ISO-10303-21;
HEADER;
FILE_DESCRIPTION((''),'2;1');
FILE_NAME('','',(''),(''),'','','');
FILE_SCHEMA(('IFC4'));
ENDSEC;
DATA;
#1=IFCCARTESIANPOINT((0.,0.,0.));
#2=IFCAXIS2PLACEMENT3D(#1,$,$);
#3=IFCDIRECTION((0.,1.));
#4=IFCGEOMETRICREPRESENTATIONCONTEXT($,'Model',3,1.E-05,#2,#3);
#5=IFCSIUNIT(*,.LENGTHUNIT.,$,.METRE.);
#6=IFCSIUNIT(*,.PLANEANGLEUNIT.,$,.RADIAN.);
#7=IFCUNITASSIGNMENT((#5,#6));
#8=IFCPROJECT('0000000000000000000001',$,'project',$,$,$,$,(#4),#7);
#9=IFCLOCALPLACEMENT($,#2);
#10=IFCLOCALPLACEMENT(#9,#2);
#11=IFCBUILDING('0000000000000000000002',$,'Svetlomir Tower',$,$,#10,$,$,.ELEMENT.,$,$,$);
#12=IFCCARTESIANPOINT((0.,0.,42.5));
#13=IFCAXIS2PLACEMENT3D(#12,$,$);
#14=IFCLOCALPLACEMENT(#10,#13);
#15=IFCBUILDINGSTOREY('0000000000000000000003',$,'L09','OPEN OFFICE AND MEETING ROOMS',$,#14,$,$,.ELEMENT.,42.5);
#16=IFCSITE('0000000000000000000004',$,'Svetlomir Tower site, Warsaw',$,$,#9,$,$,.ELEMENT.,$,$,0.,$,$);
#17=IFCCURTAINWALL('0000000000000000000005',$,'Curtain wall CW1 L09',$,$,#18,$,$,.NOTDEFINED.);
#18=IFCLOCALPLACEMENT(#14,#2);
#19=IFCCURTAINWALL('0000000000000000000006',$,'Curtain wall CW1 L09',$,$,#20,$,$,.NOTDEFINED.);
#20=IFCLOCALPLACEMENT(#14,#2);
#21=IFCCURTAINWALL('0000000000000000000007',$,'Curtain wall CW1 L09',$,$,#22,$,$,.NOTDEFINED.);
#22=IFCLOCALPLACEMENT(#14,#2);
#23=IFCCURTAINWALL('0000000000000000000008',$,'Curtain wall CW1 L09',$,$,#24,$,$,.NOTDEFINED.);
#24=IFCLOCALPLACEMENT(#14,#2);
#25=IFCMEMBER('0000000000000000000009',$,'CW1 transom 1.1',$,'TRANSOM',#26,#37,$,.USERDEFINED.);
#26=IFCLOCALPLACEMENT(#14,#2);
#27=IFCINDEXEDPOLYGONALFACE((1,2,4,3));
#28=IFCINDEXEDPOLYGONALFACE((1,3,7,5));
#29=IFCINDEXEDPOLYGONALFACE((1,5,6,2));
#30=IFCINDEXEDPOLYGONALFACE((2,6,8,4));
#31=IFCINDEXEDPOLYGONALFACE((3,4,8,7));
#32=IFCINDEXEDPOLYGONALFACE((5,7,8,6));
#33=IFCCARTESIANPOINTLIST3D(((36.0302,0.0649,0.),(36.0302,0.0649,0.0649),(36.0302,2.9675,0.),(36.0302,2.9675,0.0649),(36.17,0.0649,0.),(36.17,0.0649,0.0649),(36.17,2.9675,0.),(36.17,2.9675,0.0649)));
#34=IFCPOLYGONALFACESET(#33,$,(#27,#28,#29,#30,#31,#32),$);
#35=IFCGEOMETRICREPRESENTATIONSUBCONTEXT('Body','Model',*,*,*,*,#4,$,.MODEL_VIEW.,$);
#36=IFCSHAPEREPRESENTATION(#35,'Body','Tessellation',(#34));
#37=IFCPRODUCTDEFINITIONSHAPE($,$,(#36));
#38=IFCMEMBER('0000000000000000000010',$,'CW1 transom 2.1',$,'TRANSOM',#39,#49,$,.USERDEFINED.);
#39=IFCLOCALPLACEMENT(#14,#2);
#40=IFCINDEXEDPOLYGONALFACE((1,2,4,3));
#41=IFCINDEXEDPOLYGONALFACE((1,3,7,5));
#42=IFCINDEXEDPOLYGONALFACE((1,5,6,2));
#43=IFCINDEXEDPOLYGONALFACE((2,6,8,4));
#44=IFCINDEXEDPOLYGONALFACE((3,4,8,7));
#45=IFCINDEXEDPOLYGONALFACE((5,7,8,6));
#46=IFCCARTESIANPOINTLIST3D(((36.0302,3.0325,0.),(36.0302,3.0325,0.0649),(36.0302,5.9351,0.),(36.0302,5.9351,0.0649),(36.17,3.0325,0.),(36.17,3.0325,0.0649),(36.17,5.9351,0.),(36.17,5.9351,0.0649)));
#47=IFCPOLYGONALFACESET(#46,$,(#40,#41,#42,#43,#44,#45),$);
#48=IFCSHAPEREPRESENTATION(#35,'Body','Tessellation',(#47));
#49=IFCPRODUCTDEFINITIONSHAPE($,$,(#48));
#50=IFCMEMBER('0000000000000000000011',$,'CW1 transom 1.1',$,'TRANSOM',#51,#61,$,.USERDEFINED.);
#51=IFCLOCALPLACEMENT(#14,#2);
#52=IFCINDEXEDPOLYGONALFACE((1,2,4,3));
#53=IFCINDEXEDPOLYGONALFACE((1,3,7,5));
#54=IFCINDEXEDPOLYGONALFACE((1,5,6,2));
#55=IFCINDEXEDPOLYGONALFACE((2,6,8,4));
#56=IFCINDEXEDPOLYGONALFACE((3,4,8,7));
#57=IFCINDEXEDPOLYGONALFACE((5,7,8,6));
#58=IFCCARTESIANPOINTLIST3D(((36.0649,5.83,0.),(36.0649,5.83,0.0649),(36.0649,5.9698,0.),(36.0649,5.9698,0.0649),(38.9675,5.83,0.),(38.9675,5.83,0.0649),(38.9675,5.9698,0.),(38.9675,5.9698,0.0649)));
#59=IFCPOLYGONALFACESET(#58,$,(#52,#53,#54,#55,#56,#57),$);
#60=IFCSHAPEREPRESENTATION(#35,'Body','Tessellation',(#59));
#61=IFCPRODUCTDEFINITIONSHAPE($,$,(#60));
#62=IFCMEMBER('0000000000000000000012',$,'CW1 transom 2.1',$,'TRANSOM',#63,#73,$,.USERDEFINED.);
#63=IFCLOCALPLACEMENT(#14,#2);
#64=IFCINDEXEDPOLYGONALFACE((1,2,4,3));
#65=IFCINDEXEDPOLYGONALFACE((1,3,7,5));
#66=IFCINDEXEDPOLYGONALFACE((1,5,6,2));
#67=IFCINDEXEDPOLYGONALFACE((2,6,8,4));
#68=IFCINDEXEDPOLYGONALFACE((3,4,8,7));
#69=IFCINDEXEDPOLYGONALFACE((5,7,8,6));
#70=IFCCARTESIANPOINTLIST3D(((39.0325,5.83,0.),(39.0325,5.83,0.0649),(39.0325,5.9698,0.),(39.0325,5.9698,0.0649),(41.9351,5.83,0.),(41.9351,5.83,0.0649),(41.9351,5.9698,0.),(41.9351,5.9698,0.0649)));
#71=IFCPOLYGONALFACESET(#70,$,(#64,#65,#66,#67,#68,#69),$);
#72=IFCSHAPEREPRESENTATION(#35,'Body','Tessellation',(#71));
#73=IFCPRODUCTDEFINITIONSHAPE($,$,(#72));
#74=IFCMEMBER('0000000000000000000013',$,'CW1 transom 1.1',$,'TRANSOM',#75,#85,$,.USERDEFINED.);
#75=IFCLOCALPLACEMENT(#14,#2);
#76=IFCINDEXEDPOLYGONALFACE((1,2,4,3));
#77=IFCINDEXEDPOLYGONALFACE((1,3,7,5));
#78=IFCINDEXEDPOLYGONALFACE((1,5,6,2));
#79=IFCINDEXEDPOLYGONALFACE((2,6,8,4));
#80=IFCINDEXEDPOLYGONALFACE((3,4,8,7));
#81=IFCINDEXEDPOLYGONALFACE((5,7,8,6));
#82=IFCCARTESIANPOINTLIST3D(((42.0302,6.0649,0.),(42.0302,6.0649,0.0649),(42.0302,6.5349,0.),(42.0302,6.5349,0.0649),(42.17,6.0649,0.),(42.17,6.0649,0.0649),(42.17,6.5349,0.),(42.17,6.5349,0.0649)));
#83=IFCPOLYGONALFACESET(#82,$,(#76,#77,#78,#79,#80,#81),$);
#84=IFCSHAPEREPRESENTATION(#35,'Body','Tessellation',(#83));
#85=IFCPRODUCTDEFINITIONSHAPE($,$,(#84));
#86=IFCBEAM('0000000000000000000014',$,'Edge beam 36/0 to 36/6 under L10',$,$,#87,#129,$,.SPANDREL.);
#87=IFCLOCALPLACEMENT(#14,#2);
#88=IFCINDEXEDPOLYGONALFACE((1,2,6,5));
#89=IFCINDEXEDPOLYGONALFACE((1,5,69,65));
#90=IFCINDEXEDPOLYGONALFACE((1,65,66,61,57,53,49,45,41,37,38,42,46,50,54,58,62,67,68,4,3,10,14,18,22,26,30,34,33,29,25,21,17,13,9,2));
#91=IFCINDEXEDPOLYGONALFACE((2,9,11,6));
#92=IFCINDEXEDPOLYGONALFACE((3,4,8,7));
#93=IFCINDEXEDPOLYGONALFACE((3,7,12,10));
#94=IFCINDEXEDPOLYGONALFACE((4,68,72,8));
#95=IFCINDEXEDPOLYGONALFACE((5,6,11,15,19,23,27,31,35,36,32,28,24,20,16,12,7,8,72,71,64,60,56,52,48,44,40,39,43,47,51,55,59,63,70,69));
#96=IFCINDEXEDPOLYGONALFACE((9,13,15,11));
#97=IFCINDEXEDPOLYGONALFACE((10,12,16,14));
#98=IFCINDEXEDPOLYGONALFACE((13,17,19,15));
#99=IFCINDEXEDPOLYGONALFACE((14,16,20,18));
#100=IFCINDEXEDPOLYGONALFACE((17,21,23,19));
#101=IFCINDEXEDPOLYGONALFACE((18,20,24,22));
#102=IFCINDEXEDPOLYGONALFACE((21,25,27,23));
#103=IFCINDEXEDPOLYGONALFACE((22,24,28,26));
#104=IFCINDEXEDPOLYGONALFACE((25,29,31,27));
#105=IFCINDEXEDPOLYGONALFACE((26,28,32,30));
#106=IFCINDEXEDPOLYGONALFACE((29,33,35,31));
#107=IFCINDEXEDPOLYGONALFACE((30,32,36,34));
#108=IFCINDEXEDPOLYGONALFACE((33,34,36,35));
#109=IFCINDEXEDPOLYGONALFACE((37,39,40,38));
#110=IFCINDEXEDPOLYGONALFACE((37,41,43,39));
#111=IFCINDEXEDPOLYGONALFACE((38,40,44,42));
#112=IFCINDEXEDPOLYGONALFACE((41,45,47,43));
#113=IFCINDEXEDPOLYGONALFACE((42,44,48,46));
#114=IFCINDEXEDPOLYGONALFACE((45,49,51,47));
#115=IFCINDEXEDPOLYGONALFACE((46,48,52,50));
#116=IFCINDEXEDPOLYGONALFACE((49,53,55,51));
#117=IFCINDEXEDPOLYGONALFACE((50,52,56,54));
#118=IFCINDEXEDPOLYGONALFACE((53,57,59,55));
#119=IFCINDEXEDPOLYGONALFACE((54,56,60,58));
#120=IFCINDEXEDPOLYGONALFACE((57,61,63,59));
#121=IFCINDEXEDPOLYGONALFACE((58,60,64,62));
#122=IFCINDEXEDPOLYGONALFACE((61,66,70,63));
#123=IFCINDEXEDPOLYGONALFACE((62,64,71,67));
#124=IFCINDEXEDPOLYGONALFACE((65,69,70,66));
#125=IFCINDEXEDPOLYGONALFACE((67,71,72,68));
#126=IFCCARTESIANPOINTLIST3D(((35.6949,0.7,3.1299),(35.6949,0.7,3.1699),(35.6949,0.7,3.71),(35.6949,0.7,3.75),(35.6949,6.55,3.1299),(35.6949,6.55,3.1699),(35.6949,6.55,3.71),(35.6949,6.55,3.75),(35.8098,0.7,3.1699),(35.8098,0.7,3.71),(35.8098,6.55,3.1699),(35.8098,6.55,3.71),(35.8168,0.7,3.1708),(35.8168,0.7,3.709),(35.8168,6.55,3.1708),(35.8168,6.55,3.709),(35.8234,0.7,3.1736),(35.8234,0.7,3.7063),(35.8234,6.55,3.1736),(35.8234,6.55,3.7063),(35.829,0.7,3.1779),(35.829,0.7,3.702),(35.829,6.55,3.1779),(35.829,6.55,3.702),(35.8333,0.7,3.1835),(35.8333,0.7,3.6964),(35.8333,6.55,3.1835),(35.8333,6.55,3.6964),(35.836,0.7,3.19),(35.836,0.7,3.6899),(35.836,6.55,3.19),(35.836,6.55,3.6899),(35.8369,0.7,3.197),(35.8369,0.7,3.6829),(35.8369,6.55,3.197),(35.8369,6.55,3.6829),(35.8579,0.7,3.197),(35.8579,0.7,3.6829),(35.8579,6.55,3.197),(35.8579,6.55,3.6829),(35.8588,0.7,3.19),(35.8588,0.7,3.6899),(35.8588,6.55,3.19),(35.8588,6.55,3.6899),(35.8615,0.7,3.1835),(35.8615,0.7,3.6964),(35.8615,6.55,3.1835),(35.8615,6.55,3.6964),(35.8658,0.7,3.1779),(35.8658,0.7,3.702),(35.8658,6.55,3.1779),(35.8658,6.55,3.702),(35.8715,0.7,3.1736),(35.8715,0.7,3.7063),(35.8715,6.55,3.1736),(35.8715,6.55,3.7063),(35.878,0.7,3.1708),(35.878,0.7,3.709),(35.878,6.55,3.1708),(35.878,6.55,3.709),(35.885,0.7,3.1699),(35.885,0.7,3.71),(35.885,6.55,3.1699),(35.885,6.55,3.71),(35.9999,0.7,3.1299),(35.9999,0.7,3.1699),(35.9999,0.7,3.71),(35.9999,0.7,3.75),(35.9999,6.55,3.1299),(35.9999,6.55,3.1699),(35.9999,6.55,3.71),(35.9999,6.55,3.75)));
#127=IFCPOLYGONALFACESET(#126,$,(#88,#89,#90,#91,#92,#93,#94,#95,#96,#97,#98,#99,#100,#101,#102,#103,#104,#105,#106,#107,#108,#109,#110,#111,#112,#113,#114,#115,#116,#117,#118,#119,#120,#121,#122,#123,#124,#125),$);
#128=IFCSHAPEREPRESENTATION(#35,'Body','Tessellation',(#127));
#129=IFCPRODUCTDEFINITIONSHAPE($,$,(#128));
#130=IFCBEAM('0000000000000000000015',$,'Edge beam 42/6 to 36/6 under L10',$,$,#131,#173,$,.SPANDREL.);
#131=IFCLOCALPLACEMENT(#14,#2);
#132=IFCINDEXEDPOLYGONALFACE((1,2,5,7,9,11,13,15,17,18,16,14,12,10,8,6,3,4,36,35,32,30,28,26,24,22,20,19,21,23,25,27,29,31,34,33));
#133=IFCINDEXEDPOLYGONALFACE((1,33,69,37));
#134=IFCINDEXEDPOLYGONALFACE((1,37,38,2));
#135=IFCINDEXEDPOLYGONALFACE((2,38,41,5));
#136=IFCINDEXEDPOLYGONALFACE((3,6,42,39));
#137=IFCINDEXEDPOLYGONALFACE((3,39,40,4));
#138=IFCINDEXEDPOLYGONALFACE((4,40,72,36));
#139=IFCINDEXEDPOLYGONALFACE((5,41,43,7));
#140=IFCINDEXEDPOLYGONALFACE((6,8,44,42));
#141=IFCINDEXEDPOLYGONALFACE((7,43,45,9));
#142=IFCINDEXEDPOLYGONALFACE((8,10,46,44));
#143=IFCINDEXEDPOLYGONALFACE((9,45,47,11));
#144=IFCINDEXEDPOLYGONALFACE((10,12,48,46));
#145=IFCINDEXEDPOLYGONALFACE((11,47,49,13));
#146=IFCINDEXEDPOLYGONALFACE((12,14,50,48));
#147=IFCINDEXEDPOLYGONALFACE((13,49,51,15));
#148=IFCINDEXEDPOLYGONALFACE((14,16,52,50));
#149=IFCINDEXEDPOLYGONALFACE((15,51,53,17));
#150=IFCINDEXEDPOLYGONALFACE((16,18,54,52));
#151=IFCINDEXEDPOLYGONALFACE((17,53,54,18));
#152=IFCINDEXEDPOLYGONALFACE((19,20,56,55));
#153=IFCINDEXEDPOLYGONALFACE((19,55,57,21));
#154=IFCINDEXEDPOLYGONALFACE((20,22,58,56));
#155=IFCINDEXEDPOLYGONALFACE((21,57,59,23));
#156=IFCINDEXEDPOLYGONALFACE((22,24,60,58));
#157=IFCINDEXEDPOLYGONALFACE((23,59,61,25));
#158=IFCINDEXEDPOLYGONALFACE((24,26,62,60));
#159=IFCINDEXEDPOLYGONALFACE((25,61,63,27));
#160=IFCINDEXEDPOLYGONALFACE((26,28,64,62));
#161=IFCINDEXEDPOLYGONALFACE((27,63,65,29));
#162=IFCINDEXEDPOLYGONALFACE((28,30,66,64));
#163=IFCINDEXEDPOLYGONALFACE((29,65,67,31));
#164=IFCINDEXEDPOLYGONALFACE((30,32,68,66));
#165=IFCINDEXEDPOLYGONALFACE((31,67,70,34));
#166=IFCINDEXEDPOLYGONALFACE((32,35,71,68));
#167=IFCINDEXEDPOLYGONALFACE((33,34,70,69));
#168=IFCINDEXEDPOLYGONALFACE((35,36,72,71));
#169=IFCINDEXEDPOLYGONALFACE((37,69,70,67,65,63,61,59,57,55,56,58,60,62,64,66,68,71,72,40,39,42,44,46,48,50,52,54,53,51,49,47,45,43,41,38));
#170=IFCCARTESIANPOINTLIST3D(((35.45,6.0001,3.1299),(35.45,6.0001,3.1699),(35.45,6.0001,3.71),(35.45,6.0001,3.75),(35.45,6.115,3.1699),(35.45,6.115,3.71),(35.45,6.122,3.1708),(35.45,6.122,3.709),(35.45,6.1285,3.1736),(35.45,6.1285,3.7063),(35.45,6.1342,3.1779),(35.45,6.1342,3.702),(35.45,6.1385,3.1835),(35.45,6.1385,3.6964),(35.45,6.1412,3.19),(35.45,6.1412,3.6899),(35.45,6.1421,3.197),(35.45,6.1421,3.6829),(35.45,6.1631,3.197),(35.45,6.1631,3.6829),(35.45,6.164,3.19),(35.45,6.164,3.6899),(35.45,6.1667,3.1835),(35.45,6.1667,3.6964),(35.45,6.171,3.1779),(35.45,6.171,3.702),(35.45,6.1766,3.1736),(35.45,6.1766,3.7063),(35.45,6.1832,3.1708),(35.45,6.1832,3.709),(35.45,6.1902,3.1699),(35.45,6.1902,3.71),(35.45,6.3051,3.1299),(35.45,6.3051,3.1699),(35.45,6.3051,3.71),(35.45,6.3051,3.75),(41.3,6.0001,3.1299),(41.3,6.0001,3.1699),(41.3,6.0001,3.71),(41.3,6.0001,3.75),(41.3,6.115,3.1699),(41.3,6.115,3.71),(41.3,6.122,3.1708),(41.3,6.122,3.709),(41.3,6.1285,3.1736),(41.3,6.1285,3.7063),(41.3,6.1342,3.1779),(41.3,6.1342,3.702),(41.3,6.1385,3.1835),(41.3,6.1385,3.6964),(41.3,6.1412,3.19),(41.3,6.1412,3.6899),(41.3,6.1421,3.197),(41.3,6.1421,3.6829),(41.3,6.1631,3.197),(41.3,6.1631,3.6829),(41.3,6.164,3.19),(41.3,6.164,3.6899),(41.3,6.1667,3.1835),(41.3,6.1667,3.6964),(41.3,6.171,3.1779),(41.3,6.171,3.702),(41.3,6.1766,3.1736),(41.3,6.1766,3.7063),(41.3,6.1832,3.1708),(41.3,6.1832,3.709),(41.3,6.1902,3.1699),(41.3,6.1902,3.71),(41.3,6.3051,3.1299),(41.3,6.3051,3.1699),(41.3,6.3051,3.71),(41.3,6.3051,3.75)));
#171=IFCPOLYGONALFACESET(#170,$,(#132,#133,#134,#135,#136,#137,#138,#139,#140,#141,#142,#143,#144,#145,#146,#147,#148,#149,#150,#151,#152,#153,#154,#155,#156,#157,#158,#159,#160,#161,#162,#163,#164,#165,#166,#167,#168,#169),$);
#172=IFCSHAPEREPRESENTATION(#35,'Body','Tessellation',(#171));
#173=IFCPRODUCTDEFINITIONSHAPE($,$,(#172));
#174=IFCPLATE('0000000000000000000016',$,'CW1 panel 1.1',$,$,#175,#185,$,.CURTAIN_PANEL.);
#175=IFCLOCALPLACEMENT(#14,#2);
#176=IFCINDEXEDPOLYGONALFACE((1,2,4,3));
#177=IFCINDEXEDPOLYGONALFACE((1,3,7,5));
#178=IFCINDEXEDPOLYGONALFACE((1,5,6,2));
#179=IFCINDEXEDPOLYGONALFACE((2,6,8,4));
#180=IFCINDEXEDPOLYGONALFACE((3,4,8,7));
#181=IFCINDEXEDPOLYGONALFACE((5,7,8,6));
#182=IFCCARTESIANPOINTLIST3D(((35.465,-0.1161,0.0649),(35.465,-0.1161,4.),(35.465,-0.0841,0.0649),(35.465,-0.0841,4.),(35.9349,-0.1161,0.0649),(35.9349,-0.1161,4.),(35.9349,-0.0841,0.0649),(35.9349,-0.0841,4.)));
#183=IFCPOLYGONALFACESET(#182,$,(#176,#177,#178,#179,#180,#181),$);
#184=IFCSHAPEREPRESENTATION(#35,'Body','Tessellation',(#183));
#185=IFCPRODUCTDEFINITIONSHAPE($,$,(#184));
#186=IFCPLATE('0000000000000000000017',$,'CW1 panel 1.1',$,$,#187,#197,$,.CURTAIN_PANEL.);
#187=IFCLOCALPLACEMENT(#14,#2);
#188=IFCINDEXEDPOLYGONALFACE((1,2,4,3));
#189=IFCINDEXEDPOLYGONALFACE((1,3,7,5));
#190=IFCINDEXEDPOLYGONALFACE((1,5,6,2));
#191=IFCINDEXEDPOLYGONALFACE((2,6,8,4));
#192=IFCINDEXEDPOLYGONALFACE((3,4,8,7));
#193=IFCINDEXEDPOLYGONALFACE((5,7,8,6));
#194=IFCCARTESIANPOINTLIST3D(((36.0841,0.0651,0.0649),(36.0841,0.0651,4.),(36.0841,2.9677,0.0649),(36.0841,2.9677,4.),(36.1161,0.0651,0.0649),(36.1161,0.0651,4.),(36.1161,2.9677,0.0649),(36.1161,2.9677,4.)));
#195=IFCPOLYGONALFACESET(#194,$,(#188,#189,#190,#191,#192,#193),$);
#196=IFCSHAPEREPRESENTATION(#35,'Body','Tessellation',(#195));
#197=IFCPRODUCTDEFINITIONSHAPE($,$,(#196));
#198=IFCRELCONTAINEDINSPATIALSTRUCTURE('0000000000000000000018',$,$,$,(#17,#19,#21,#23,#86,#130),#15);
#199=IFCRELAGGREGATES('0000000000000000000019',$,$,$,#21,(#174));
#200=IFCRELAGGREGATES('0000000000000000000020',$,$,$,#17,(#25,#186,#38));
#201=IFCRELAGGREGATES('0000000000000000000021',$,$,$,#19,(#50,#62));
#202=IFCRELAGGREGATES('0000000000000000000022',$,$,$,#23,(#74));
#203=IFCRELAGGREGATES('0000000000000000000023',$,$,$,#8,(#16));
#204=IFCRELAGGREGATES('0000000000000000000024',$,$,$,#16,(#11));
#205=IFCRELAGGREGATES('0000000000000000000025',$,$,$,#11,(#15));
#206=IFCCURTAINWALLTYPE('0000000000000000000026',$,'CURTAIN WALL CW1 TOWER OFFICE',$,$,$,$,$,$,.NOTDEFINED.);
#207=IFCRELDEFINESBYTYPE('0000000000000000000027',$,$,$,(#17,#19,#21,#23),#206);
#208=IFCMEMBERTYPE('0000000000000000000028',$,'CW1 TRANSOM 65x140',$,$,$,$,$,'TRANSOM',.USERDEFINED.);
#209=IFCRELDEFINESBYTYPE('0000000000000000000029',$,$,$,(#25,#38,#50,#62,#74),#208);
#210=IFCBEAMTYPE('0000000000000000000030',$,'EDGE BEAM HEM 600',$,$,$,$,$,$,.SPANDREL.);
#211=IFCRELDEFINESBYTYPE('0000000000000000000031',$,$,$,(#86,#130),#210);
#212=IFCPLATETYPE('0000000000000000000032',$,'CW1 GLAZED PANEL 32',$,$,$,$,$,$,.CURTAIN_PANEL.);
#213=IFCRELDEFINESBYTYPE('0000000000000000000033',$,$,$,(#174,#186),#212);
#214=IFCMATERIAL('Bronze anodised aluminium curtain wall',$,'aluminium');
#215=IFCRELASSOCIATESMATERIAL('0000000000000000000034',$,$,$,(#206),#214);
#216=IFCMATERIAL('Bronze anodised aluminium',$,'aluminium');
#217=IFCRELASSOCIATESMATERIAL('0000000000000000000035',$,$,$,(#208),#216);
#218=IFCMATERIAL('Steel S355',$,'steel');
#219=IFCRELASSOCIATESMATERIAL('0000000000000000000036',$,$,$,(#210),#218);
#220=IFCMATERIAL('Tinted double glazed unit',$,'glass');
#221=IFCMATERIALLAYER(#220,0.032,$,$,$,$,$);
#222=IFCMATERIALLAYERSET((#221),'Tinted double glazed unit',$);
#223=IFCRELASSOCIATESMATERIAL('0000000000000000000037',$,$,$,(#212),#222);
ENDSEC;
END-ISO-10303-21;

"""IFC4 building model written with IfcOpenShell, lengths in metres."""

from ifc_helpers import new_model, si_unit, direction, frame, origin, origin_2d, place, context, subcontext, project, spatial, rectangle, i_section, extrude, material, layer, layer_set, material_profile, profile_set, type_object, element, aggregate, save


model = new_model("IFC4")

# Units and contexts
model_context = context("Model", 3, precision=1e-05, world=origin(), true_north=direction((0.0, 1.0)))
body_context = subcontext(model_context, "Body", "Model", "MODEL_VIEW")
ifc_project = project(units=[si_unit("LENGTHUNIT", "METRE"), si_unit("PLANEANGLEUNIT", "RADIAN")], contexts=[model_context])

# Site, building, storey
site_placement = place(None, origin())
site = spatial("IfcSite", under=ifc_project, at=site_placement, Name="Svetlomir Tower site, Warsaw", CompositionType="ELEMENT", RefElevation=0.0)
building_placement = place(site_placement, origin())
building = spatial("IfcBuilding", under=site, at=building_placement, Name="Svetlomir Tower", CompositionType="ELEMENT")
storey_placement = place(building_placement, frame((0.0, 0.0, 42.5)))
storey = spatial("IfcBuildingStorey", under=building, at=storey_placement, Name="L09", Description="OPEN OFFICE AND MEETING ROOMS", CompositionType="ELEMENT", Elevation=42.5)

# Curtain walls
ifc_material_1 = material(Name="Bronze anodised aluminium curtain wall", Category="aluminium")
curtain_wall_type = type_object("IfcCurtainWallType", Name="CURTAIN WALL CW1 TOWER OFFICE", PredefinedType="NOTDEFINED", material=ifc_material_1)
curtain_wall_1_placement = place(storey_placement, origin())
curtain_wall_1 = element("IfcCurtainWall", 1, at=curtain_wall_1_placement, inside=storey, type_object=curtain_wall_type, Name="Curtain wall CW1 L09", PredefinedType="NOTDEFINED")
curtain_wall_2_placement = place(storey_placement, origin())
curtain_wall_2 = element("IfcCurtainWall", 2, at=curtain_wall_2_placement, inside=storey, type_object=curtain_wall_type, Name="Curtain wall CW1 L09", PredefinedType="NOTDEFINED")

# Curtain wall
curtain_wall_3_placement = place(storey_placement, origin())
curtain_wall_3 = element("IfcCurtainWall", 3, at=curtain_wall_3_placement, inside=storey, type_object=curtain_wall_type, Name="Curtain wall CW1 L09", PredefinedType="NOTDEFINED")

# Curtain wall
curtain_wall_4_placement = place(storey_placement, origin())
curtain_wall_4 = element("IfcCurtainWall", 4, at=curtain_wall_4_placement, inside=storey, type_object=curtain_wall_type, Name="Curtain wall CW1 L09", PredefinedType="NOTDEFINED")

# Members
ifc_material_2 = material(Name="Bronze anodised aluminium", Category="aluminium")
ifc_material_profile_1 = material_profile(ifc_material_2, rectangle(XDim=0.1399, YDim=0.0649, at=origin_2d()), Name="AL 140x65")
ifc_profile_set_1 = profile_set([ifc_material_profile_1], Name="Bronze anodised aluminium 6063-T6")
member_type_1 = type_object("IfcMemberType", Name="CW1 TRANSOM 65x140", ElementType="TRANSOM", PredefinedType="USERDEFINED", material=ifc_profile_set_1)
member_1_placement = place(storey_placement, frame((36.1001, 0.0649, 0.0325), z_axis=(0.0, 1.0, 0.0), x_axis=(-1.0, 0.0, 0.0)))
member_1 = element("IfcMember", 5, at=member_1_placement, type_object=member_type_1, Name="CW1 transom 1.1", ObjectType="TRANSOM", PredefinedType="USERDEFINED", context=body_context, shape_type="SweptSolid", body=[
    extrude(rectangle(XDim=0.1399, YDim=0.0649, at=origin_2d()), origin(), (0.0, 0.0, 1.0), 2.9026),
])
member_2_placement = place(storey_placement, frame((36.1001, 3.0325, 0.0325), z_axis=(0.0, 1.0, 0.0), x_axis=(-1.0, 0.0, 0.0)))
member_2 = element("IfcMember", 6, at=member_2_placement, type_object=member_type_1, Name="CW1 transom 2.1", ObjectType="TRANSOM", PredefinedType="USERDEFINED", context=body_context, shape_type="SweptSolid", body=[
    extrude(rectangle(XDim=0.1399, YDim=0.0649, at=origin_2d()), origin(), (0.0, 0.0, 1.0), 2.9026),
])
member_3_placement = place(storey_placement, frame((36.0649, 5.8999, 0.0325), z_axis=(1.0, 0.0, 0.0), x_axis=(0.0, 1.0, 0.0)))
member_3 = element("IfcMember", 7, at=member_3_placement, type_object=member_type_1, Name="CW1 transom 1.1", ObjectType="TRANSOM", PredefinedType="USERDEFINED", context=body_context, shape_type="SweptSolid", body=[
    extrude(rectangle(XDim=0.1399, YDim=0.0649, at=origin_2d()), origin(), (0.0, 0.0, 1.0), 2.9026),
])
member_4_placement = place(storey_placement, frame((39.0325, 5.8999, 0.0325), z_axis=(1.0, 0.0, 0.0), x_axis=(0.0, 1.0, 0.0)))
member_4 = element("IfcMember", 8, at=member_4_placement, type_object=member_type_1, Name="CW1 transom 2.1", ObjectType="TRANSOM", PredefinedType="USERDEFINED", context=body_context, shape_type="SweptSolid", body=[
    extrude(rectangle(XDim=0.1399, YDim=0.0649, at=origin_2d()), origin(), (0.0, 0.0, 1.0), 2.9026),
])
member_5_placement = place(storey_placement, frame((42.1001, 6.0649, 0.0325), z_axis=(0.0, 1.0, 0.0), x_axis=(-1.0, 0.0, 0.0)))
member_5 = element("IfcMember", 9, at=member_5_placement, type_object=member_type_1, Name="CW1 transom 1.1", ObjectType="TRANSOM", PredefinedType="USERDEFINED", context=body_context, shape_type="SweptSolid", body=[
    extrude(rectangle(XDim=0.1399, YDim=0.0649, at=origin_2d()), origin(), (0.0, 0.0, 1.0), 0.47),
])

# Beams
ifc_material_3 = material(Name="Steel S355", Category="steel")
ifc_material_profile_2 = material_profile(ifc_material_3, i_section(OverallWidth=0.3049, OverallDepth=0.6201, WebThickness=0.021, FlangeThickness=0.04, FilletRadius=0.0271, at=origin_2d()), Name="HEM 600")
ifc_profile_set_2 = profile_set([ifc_material_profile_2], Name="Steel S355")
beam_type_1 = type_object("IfcBeamType", Name="EDGE BEAM HEM 600", PredefinedType="SPANDREL", material=ifc_profile_set_2)
for number, where, z_axis, x_axis, name in (
    (10, (35.8474, 0.7, 3.4399), (0.0, 1.0, 0.0), (-1.0, 0.0, 0.0), "Edge beam 36/0 to 36/6 under L10"),
    (11, (41.3, 6.1526, 3.4399), (-1.0, 0.0, 0.0), (0.0, -1.0, 0.0), "Edge beam 42/6 to 36/6 under L10"),
):
    element("IfcBeam", number, at=place(storey_placement, frame(where, z_axis=z_axis, x_axis=x_axis)), inside=storey, type_object=beam_type_1, Name=name, PredefinedType="SPANDREL", context=body_context, shape_type="SweptSolid", body=[
        extrude(i_section(OverallWidth=0.3049, OverallDepth=0.6201, WebThickness=0.021, FlangeThickness=0.04, FilletRadius=0.0271, at=origin_2d()), origin(), (0.0, 0.0, 1.0), 5.8501),
    ])

# Plates
ifc_material_4 = material(Name="Tinted double glazed unit", Category="glass")
ifc_layer_1 = layer(ifc_material_4, 0.032)
ifc_layer_set_1 = layer_set([ifc_layer_1], Name="Tinted double glazed unit")
plate_type = type_object("IfcPlateType", Name="CW1 GLAZED PANEL 32", PredefinedType="CURTAIN_PANEL", material=ifc_layer_set_1)
plate_1_placement = place(storey_placement, frame((35.7, -0.1001, 0.0649), z_axis=(0.0, 0.0, 1.0), x_axis=(1.0, 0.0, 0.0)))
plate_1 = element("IfcPlate", 12, at=plate_1_placement, type_object=plate_type, Name="CW1 panel 1.1", PredefinedType="CURTAIN_PANEL", context=body_context, shape_type="SweptSolid", body=[
    extrude(rectangle(XDim=0.47, YDim=0.032, at=origin_2d()), origin(), (0.0, 0.0, 1.0), 3.9351),
])
aggregate(curtain_wall_3, [plate_1])
plate_2_placement = place(storey_placement, frame((36.1001, 1.5164, 0.0649), z_axis=(0.0, 0.0, 1.0), x_axis=(0.0, 1.0, 0.0)))
plate_2 = element("IfcPlate", 13, at=plate_2_placement, type_object=plate_type, Name="CW1 panel 1.1", PredefinedType="CURTAIN_PANEL", context=body_context, shape_type="SweptSolid", body=[
    extrude(rectangle(XDim=2.9026, YDim=0.032, at=origin_2d()), origin(), (0.0, 0.0, 1.0), 3.9351),
])
aggregate(curtain_wall_1, [member_1, plate_2, member_2])
aggregate(curtain_wall_2, [member_3, member_4])
aggregate(curtain_wall_4, [member_5])

save(model, "model.ifc")
